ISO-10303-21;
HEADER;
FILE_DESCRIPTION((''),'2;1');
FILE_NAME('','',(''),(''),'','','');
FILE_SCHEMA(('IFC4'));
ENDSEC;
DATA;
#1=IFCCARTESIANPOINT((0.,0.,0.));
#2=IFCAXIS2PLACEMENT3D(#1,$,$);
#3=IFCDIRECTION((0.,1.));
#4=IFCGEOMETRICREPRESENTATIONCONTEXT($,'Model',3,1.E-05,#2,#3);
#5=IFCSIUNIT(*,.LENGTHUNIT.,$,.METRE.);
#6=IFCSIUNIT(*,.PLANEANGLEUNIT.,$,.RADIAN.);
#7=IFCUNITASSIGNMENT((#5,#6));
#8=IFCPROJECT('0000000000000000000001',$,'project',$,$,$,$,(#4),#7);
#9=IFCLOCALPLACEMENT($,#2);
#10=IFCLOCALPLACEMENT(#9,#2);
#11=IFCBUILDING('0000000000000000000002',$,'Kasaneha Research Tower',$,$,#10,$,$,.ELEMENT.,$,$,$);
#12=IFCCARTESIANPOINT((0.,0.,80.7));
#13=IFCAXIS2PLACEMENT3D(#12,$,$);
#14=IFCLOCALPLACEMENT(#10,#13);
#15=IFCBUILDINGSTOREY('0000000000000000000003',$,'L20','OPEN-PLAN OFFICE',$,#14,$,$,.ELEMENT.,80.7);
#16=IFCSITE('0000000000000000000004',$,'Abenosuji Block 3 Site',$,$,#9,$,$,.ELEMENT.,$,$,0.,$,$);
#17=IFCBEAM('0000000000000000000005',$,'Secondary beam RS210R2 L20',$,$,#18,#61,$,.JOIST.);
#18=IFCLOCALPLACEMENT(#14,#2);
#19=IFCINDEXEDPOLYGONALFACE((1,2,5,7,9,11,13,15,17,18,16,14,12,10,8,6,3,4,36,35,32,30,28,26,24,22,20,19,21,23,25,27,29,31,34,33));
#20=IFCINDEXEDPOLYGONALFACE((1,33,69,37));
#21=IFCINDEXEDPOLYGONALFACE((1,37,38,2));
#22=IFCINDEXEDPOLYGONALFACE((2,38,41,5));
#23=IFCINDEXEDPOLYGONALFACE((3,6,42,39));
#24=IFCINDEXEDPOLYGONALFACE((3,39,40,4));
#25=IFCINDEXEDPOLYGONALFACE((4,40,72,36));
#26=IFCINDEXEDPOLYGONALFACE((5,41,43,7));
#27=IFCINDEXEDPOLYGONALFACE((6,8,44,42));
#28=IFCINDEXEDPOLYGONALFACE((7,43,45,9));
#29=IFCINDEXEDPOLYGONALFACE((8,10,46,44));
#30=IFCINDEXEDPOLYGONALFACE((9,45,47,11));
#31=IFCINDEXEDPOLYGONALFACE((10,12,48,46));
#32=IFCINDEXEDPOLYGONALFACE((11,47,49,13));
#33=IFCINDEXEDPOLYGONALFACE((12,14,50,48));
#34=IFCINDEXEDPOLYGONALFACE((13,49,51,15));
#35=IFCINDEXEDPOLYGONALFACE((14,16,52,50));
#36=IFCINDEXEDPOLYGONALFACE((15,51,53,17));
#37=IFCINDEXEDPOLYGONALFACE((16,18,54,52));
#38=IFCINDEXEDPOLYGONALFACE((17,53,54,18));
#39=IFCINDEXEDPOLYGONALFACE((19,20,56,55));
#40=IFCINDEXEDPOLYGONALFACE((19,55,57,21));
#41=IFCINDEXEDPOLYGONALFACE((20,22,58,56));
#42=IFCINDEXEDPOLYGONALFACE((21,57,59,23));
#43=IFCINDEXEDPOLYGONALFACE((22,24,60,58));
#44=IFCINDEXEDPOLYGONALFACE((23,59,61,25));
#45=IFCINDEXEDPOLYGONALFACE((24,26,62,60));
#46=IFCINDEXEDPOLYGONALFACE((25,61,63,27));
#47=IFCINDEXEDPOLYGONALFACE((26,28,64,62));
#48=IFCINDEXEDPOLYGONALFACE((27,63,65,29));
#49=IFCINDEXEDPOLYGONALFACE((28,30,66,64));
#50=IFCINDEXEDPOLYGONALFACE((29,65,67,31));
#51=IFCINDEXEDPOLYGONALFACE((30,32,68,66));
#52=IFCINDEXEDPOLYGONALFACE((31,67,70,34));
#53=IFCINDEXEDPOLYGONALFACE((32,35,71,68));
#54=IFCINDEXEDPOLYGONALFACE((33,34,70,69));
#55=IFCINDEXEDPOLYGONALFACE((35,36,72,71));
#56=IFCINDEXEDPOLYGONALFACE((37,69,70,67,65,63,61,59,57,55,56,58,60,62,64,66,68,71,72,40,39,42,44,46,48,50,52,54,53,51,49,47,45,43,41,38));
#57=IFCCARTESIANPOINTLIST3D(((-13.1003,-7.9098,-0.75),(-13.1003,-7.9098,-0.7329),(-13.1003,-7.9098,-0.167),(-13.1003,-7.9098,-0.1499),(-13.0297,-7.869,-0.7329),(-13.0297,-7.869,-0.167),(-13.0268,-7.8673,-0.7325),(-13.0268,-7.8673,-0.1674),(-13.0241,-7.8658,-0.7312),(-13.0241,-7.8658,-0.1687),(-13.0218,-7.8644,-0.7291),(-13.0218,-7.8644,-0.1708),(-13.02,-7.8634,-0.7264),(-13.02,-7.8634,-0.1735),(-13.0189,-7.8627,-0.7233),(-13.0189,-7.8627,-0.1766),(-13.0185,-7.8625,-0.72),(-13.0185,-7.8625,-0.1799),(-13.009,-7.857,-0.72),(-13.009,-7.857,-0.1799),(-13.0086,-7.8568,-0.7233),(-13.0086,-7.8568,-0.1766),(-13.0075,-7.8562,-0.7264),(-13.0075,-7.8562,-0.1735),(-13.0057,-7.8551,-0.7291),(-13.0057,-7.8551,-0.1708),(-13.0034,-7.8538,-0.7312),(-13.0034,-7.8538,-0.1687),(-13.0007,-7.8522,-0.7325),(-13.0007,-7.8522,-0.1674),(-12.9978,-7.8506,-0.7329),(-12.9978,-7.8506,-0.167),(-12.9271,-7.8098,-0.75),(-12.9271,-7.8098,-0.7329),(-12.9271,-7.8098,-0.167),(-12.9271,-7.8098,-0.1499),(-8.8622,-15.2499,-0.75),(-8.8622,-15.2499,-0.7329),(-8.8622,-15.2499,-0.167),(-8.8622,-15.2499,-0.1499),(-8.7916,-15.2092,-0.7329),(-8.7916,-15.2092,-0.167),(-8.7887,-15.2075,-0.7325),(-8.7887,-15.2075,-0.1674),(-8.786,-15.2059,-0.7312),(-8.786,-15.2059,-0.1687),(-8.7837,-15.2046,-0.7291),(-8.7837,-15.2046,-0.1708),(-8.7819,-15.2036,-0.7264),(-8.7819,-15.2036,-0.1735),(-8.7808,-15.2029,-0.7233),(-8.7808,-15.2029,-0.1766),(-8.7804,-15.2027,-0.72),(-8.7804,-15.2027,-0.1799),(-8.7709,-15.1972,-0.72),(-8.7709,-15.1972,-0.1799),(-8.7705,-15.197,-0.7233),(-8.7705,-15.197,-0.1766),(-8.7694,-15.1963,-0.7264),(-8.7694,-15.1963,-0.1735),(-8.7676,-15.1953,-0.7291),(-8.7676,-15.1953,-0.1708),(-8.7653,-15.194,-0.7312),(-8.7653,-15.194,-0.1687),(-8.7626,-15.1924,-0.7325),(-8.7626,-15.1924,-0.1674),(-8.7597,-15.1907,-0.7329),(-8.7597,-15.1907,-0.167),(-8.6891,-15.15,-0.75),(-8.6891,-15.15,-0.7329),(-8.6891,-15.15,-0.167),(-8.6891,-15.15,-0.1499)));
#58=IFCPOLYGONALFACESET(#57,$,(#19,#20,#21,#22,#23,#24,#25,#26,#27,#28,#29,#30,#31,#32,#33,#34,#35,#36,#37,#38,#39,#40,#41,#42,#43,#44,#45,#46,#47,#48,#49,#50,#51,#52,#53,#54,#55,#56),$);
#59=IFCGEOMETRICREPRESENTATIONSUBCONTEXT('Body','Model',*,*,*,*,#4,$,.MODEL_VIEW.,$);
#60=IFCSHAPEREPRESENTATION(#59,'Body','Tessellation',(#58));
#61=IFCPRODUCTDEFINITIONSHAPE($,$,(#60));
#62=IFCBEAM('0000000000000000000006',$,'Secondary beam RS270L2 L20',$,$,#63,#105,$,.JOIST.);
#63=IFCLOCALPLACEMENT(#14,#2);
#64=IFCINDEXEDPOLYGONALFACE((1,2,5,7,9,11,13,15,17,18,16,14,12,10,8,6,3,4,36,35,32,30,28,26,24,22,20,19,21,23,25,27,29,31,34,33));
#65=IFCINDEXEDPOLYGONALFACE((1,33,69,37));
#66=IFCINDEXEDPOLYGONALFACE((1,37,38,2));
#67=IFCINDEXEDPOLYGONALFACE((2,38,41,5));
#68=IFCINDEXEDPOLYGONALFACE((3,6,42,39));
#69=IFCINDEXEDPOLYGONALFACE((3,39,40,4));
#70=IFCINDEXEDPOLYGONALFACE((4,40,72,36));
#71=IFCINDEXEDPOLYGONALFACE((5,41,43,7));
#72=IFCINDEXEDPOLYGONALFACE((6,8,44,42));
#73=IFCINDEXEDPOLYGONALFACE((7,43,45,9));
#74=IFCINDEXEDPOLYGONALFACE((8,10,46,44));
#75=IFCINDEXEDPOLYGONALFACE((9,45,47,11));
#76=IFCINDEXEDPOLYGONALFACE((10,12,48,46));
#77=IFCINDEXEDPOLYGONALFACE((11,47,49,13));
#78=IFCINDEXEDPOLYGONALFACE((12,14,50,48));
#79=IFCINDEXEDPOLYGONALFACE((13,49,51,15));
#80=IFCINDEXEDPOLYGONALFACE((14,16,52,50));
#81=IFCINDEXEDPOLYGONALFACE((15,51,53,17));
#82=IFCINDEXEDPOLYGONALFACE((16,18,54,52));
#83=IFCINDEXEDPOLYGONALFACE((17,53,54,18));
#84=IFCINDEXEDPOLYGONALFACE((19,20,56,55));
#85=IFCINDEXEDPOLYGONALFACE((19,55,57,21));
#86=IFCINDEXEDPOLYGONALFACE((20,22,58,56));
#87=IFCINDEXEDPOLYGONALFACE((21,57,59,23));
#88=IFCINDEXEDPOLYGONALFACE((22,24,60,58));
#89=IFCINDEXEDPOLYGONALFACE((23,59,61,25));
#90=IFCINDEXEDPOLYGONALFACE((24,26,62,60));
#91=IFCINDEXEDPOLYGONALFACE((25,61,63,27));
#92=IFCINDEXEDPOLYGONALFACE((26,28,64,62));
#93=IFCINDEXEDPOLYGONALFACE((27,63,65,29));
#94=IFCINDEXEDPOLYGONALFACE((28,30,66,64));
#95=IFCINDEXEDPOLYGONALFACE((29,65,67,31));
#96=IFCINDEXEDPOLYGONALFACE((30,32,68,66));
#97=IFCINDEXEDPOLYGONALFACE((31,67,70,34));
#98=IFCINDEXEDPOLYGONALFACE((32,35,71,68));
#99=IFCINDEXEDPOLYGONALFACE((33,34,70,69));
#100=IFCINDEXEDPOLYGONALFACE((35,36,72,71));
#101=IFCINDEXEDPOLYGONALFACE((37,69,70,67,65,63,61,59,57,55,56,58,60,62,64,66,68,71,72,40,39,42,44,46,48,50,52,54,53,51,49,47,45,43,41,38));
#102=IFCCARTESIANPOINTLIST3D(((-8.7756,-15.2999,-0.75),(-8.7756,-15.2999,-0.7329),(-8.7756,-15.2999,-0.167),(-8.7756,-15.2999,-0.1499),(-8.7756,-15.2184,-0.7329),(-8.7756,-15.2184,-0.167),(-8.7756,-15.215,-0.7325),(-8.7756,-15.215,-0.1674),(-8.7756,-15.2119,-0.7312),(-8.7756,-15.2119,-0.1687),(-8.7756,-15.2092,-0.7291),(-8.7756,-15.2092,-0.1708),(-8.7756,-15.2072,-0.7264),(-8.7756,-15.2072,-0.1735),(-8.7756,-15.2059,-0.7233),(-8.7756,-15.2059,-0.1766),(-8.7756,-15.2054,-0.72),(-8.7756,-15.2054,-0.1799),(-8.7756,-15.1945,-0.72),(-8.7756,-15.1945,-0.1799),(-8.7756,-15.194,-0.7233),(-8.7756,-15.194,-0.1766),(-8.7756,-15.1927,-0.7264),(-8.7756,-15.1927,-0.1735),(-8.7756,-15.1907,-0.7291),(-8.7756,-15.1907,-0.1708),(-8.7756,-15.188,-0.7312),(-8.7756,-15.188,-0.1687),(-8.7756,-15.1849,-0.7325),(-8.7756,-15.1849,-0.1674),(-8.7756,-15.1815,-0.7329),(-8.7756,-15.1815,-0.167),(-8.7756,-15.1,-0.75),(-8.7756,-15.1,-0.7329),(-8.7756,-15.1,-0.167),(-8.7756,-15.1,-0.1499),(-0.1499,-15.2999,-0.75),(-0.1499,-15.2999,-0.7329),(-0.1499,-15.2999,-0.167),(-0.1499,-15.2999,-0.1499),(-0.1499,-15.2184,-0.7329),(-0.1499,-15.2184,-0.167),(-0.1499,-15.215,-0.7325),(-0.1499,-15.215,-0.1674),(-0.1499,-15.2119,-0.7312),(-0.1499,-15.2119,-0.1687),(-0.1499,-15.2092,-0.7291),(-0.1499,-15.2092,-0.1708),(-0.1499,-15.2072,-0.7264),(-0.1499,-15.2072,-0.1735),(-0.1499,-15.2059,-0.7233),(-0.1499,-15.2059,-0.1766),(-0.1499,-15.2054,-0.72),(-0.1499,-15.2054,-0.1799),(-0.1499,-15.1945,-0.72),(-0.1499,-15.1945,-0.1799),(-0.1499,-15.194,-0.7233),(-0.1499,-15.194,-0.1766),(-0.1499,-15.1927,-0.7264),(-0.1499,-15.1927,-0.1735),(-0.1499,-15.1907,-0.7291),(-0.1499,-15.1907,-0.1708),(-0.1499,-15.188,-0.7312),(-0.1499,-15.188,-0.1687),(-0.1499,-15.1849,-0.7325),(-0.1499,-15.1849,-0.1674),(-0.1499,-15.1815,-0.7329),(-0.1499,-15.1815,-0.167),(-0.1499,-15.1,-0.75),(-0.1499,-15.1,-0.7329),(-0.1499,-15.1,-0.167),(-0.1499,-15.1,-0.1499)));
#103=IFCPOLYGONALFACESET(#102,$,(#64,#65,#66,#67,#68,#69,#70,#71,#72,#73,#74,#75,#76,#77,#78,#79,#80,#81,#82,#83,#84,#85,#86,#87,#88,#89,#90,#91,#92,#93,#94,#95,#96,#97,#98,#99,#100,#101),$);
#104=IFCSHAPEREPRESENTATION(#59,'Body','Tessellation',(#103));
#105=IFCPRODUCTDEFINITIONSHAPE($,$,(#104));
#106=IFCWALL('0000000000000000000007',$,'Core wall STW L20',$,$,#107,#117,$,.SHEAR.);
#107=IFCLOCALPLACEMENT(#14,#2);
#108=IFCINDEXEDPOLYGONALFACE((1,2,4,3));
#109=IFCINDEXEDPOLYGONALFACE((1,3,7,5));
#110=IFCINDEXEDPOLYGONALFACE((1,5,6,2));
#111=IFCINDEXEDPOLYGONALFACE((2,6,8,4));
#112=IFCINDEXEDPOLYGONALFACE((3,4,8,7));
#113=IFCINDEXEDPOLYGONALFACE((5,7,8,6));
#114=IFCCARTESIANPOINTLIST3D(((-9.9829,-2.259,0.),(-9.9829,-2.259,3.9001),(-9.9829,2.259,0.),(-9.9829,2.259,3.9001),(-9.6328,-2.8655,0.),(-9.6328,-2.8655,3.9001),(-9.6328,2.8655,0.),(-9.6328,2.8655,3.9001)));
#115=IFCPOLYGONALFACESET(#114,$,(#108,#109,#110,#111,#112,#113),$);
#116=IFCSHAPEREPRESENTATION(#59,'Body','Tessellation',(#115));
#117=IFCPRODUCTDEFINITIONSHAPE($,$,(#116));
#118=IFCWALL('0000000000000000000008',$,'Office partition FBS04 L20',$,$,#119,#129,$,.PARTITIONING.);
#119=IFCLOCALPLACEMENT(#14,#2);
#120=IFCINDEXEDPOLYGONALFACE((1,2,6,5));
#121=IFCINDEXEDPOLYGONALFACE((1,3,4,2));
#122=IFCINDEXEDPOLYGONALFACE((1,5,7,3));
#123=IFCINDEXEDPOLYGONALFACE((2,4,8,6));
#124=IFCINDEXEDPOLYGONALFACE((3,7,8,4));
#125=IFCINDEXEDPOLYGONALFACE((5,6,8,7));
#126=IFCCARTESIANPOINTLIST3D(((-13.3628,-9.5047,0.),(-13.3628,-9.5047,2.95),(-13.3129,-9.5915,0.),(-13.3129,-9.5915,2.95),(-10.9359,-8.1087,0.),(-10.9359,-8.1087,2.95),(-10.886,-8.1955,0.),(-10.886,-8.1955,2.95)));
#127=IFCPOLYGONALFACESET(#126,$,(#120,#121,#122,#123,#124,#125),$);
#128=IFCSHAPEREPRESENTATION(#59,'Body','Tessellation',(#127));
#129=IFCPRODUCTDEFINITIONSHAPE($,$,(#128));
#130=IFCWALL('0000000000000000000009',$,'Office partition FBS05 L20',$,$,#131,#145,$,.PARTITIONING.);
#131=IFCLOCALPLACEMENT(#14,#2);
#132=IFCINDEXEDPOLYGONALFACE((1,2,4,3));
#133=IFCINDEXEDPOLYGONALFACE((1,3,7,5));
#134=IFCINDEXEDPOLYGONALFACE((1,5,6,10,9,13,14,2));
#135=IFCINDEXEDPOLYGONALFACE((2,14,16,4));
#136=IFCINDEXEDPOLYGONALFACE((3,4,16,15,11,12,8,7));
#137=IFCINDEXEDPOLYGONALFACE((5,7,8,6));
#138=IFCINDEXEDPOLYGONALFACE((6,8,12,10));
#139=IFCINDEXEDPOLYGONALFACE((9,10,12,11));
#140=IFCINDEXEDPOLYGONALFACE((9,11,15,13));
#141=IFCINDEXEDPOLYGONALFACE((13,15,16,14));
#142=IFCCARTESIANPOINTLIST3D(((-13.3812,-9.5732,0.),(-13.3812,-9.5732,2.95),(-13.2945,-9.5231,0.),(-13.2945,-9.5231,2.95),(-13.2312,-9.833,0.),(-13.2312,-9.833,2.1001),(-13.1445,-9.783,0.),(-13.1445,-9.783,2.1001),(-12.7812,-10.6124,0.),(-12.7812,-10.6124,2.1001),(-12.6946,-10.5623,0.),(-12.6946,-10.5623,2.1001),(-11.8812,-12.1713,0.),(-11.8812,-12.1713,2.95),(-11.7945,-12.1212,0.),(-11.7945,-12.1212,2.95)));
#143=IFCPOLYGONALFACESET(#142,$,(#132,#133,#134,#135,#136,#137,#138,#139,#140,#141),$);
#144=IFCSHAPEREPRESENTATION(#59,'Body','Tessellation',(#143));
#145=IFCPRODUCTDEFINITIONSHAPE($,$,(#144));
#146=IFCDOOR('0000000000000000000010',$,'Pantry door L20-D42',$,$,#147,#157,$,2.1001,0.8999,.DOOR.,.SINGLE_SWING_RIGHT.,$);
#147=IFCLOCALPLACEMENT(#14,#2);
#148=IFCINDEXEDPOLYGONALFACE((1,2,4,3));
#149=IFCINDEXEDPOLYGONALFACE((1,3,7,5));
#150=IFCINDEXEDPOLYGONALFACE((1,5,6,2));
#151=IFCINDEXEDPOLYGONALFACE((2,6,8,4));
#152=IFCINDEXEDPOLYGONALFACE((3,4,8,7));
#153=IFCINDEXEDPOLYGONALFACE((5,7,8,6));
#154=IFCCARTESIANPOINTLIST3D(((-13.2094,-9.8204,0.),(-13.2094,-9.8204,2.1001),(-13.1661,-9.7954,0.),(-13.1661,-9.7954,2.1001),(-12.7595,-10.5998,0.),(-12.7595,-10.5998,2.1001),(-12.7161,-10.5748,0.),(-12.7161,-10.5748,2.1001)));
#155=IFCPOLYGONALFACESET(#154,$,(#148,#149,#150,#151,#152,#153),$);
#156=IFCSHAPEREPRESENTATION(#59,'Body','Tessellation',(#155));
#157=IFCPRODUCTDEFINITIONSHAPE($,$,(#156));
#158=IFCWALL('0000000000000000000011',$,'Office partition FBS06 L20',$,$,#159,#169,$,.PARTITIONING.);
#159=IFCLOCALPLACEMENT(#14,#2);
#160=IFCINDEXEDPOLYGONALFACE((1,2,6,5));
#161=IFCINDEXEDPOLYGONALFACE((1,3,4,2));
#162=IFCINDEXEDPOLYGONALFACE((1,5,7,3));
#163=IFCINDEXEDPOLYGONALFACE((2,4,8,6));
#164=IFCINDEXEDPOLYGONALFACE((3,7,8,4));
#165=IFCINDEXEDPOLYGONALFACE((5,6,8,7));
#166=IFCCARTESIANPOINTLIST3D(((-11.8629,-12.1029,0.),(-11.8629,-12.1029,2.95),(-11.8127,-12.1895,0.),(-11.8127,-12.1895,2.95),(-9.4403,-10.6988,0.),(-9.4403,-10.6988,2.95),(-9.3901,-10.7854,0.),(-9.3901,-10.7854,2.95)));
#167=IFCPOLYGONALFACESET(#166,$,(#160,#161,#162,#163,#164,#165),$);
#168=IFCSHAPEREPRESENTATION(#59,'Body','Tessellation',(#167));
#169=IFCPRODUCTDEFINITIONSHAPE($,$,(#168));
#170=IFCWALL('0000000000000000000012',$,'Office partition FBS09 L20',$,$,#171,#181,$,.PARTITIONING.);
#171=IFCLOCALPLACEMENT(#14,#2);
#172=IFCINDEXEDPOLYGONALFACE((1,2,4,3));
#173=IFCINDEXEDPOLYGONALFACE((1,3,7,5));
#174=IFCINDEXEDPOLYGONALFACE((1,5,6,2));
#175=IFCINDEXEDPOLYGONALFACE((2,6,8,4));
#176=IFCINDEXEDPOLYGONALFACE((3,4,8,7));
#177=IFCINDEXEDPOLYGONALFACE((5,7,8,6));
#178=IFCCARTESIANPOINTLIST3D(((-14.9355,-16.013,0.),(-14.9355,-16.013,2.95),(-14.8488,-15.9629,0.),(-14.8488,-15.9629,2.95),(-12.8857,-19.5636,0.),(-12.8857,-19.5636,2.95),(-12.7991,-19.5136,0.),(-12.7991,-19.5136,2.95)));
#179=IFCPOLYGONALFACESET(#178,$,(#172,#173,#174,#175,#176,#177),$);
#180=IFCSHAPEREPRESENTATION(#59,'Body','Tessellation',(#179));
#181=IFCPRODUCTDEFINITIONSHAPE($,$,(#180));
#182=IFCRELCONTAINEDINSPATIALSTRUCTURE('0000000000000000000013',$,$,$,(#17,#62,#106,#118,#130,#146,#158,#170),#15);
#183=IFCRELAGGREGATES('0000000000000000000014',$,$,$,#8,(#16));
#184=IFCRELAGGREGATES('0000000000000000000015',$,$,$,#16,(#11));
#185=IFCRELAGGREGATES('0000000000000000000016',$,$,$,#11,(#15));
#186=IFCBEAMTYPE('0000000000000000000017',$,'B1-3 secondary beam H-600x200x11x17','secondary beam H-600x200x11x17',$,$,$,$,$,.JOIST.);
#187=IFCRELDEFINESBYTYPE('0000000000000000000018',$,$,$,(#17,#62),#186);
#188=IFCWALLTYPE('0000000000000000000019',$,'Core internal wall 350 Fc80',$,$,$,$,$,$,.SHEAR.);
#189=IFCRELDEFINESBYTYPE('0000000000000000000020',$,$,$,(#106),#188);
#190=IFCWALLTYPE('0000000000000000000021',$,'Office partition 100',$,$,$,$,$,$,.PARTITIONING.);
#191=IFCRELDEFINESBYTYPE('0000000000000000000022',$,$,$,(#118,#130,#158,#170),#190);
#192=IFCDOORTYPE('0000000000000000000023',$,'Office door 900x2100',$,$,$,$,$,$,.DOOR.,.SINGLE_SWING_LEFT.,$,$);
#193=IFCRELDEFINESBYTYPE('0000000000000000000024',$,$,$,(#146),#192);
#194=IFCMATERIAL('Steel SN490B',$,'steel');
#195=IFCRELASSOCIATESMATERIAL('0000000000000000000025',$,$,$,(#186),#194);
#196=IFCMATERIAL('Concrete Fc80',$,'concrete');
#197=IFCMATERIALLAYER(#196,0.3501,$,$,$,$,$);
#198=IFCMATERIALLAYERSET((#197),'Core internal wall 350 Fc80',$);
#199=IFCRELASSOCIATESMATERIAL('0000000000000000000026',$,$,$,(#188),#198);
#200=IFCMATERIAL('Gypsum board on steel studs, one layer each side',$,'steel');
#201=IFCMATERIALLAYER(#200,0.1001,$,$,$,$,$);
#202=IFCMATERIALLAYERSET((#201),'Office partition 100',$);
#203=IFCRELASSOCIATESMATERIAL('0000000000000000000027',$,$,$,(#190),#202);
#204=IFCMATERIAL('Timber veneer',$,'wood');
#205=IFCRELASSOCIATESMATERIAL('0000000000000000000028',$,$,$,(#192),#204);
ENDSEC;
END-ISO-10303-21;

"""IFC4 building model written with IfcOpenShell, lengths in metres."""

from ifc_helpers import new_model, si_unit, direction, frame, frame_2d, origin, origin_2d, place, context, subcontext, project, spatial, polyline, rectangle, i_section, outline, extrude, material, layer, layer_set, material_profile, profile_set, type_object, element, fill, save


model = new_model("IFC4")

# Units and contexts
model_context = context("Model", 3, precision=1e-05, world=origin(), true_north=direction((0.0, 1.0)))
body_context = subcontext(model_context, "Body", "Model", "MODEL_VIEW")
ifc_project = project(units=[si_unit("LENGTHUNIT", "METRE"), si_unit("PLANEANGLEUNIT", "RADIAN")], contexts=[model_context])

# Site, building, storey
site_placement = place(None, origin())
site = spatial("IfcSite", under=ifc_project, at=site_placement, Name="Abenosuji Block 3 Site", CompositionType="ELEMENT", RefElevation=0.0)
building_placement = place(site_placement, origin())
building = spatial("IfcBuilding", under=site, at=building_placement, Name="Kasaneha Research Tower", CompositionType="ELEMENT")
storey_placement = place(building_placement, frame((0.0, 0.0, 80.7)))
storey = spatial("IfcBuildingStorey", under=building, at=storey_placement, Name="L20", Description="OPEN-PLAN OFFICE", CompositionType="ELEMENT", Elevation=80.7)

# Beams
ifc_material_1 = material(Name="Steel SN490B", Category="steel")
ifc_material_profile_1 = material_profile(ifc_material_1, i_section(OverallWidth=0.2, OverallDepth=0.6001, WebThickness=0.011, FlangeThickness=0.0171, FilletRadius=0.0129, at=origin_2d()), Name="H-600x200x11x17")
ifc_profile_set_1 = profile_set([ifc_material_profile_1], Name="Steel SN490B")
beam_type = type_object("IfcBeamType", Name="B1-3 secondary beam H-600x200x11x17", Description="secondary beam H-600x200x11x17", PredefinedType="JOIST", material=ifc_profile_set_1)
beam_1_placement = place(storey_placement, frame((-8.7756, -15.2, -0.45), z_axis=(-0.500021, 0.866013, 0.0), x_axis=(-0.866013, -0.500021, 0.0)))
element("IfcBeam", 1, at=beam_1_placement, inside=storey, type_object=beam_type, Name="Secondary beam RS210R2 L20", PredefinedType="JOIST", context=body_context, shape_type="SweptSolid", body=[
    extrude(i_section(OverallWidth=0.2, OverallDepth=0.6001, WebThickness=0.011, FlangeThickness=0.0171, FilletRadius=0.0129, at=origin_2d()), origin(), (0.0, 0.0, 1.0), 8.4758),
])
beam_2_placement = place(storey_placement, frame((-8.7756, -15.2, -0.45), z_axis=(1.0, 0.0, 0.0), x_axis=(0.0, 1.0, 0.0)))
element("IfcBeam", 2, at=beam_2_placement, inside=storey, type_object=beam_type, Name="Secondary beam RS270L2 L20", PredefinedType="JOIST", context=body_context, shape_type="SweptSolid", body=[
    extrude(i_section(OverallWidth=0.2, OverallDepth=0.6001, WebThickness=0.011, FlangeThickness=0.0171, FilletRadius=0.0129, at=origin_2d()), origin(), (0.0, 0.0, 1.0), 8.6257),
])

# Shared definitions
ifc_material_2 = material(Name="Concrete Fc80", Category="concrete")
ifc_layer_1 = layer(ifc_material_2, 0.3501)
ifc_layer_set_1 = layer_set([ifc_layer_1], Name="Core internal wall 350 Fc80")
wall_type_1 = type_object("IfcWallType", Name="Core internal wall 350 Fc80", PredefinedType="SHEAR", material=ifc_layer_set_1)

# Walls
wall_1_placement = place(storey_placement, frame((-9.8079, -2.5623, 0.0), z_axis=(0.0, 0.0, 1.0), x_axis=(0.0, 1.0, 0.0)))
element("IfcWall", 3, at=wall_1_placement, inside=storey, type_object=wall_type_1, Name="Core wall STW L20", PredefinedType="SHEAR", context=body_context, shape_type="SweptSolid", body=[
    extrude(outline(polyline([(-0.3032, -0.175), (5.4277, -0.175), (4.8213, 0.175), (0.3032, 0.175), (-0.3032, -0.175)])), origin(), (0.0, 0.0, 1.0), 3.9001),
])
ifc_material_3 = material(Name="Gypsum board on steel studs, one layer each side", Category="steel")
ifc_layer_2 = layer(ifc_material_3, 0.1001)
ifc_layer_set_2 = layer_set([ifc_layer_2], Name="Office partition 100")
wall_type_2 = type_object("IfcWallType", Name="Office partition 100", PredefinedType="PARTITIONING", material=ifc_layer_set_2)
wall_2_placement = place(storey_placement, frame((-13.3379, -9.5481, 0.0), z_axis=(0.0, 0.0, 1.0), x_axis=(0.866834, 0.498597, 0.0)))
element("IfcWall", 4, at=wall_2_placement, inside=storey, type_object=wall_type_2, Name="Office partition FBS04 L20", PredefinedType="PARTITIONING", context=body_context, shape_type="SweptSolid", body=[
    extrude(rectangle(XDim=2.7998, YDim=0.1001, at=frame_2d((1.3999, 0.0))), origin(), (0.0, 0.0, 1.0), 2.95),
])

# Wall, opening, door
wall_3_placement = place(storey_placement, frame((-11.8379, -12.1462, 0.0), z_axis=(0.0, 0.0, 1.0), x_axis=(-0.49999, 0.866031, 0.0)))
wall_3 = element("IfcWall", 5, at=wall_3_placement, inside=storey, type_object=wall_type_2, Name="Office partition FBS05 L20", PredefinedType="PARTITIONING", context=body_context, shape_type="SweptSolid", body=[
    extrude(rectangle(XDim=3.0, YDim=0.1001, at=frame_2d((1.5, 0.0))), origin(), (0.0, 0.0, 1.0), 2.95),
])
opening_1_placement = place(wall_3_placement, frame((1.8, 0.0, 0.0)))
opening_1 = element("IfcOpeningElement", 6, at=opening_1_placement, cuts=wall_3, PredefinedType="OPENING", context=body_context, shape_type="SweptSolid", body=[
    extrude(rectangle(XDim=0.8999, YDim=2.1001, at=frame_2d((0.45, 1.05))), frame((0.0, 0.0601, 0.0), z_axis=(0.0, -1.0, 0.0), x_axis=(1.0, 0.0, 0.0)), (0.0, 0.0, 1.0), 0.1201),
])
ifc_material_4 = material(Name="Timber veneer", Category="wood")
door_type_1 = type_object("IfcDoorType", Name="Office door 900x2100", OperationType="SINGLE_SWING_LEFT", PredefinedType="DOOR", material=ifc_material_4)
door_1_placement = place(opening_1_placement, origin())
door_1 = element("IfcDoor", 7, at=door_1_placement, inside=storey, type_object=door_type_1, Name="Pantry door L20-D42", OperationType="SINGLE_SWING_RIGHT", OverallHeight=2.1001, OverallWidth=0.8999, PredefinedType="DOOR", context=body_context, shape_type="SweptSolid", body=[
    extrude(rectangle(XDim=0.8999, YDim=2.1001, at=frame_2d((0.45, 1.05))), frame((0.0, 0.0249, 0.0), z_axis=(0.0, -1.0, 0.0), x_axis=(1.0, 0.0, 0.0)), (0.0, 0.0, 1.0), 0.05),
])
fill(opening_1, door_1)

# Walls
wall_4_placement = place(storey_placement, frame((-9.4153, -10.7422, 0.0), z_axis=(0.0, 0.0, 1.0), x_axis=(-0.865195, -0.501435, 0.0)))
element("IfcWall", 8, at=wall_4_placement, inside=storey, type_object=wall_type_2, Name="Office partition FBS06 L20", PredefinedType="PARTITIONING", context=body_context, shape_type="SweptSolid", body=[
    extrude(rectangle(XDim=2.8, YDim=0.1001, at=frame_2d((1.3999, 0.0))), origin(), (0.0, 0.0, 1.0), 2.95),
])
wall_5_placement = place(storey_placement, frame((-14.8921, -15.988, 0.0), z_axis=(0.0, 0.0, 1.0), x_axis=(0.499956, -0.866051, 0.0)))
element("IfcWall", 9, at=wall_5_placement, inside=storey, type_object=wall_type_2, Name="Office partition FBS09 L20", PredefinedType="PARTITIONING", context=body_context, shape_type="SweptSolid", body=[
    extrude(rectangle(XDim=4.0999, YDim=0.1001, at=frame_2d((2.0498, 0.0))), origin(), (0.0, 0.0, 1.0), 2.95),
])

save(model, "model.ifc")
